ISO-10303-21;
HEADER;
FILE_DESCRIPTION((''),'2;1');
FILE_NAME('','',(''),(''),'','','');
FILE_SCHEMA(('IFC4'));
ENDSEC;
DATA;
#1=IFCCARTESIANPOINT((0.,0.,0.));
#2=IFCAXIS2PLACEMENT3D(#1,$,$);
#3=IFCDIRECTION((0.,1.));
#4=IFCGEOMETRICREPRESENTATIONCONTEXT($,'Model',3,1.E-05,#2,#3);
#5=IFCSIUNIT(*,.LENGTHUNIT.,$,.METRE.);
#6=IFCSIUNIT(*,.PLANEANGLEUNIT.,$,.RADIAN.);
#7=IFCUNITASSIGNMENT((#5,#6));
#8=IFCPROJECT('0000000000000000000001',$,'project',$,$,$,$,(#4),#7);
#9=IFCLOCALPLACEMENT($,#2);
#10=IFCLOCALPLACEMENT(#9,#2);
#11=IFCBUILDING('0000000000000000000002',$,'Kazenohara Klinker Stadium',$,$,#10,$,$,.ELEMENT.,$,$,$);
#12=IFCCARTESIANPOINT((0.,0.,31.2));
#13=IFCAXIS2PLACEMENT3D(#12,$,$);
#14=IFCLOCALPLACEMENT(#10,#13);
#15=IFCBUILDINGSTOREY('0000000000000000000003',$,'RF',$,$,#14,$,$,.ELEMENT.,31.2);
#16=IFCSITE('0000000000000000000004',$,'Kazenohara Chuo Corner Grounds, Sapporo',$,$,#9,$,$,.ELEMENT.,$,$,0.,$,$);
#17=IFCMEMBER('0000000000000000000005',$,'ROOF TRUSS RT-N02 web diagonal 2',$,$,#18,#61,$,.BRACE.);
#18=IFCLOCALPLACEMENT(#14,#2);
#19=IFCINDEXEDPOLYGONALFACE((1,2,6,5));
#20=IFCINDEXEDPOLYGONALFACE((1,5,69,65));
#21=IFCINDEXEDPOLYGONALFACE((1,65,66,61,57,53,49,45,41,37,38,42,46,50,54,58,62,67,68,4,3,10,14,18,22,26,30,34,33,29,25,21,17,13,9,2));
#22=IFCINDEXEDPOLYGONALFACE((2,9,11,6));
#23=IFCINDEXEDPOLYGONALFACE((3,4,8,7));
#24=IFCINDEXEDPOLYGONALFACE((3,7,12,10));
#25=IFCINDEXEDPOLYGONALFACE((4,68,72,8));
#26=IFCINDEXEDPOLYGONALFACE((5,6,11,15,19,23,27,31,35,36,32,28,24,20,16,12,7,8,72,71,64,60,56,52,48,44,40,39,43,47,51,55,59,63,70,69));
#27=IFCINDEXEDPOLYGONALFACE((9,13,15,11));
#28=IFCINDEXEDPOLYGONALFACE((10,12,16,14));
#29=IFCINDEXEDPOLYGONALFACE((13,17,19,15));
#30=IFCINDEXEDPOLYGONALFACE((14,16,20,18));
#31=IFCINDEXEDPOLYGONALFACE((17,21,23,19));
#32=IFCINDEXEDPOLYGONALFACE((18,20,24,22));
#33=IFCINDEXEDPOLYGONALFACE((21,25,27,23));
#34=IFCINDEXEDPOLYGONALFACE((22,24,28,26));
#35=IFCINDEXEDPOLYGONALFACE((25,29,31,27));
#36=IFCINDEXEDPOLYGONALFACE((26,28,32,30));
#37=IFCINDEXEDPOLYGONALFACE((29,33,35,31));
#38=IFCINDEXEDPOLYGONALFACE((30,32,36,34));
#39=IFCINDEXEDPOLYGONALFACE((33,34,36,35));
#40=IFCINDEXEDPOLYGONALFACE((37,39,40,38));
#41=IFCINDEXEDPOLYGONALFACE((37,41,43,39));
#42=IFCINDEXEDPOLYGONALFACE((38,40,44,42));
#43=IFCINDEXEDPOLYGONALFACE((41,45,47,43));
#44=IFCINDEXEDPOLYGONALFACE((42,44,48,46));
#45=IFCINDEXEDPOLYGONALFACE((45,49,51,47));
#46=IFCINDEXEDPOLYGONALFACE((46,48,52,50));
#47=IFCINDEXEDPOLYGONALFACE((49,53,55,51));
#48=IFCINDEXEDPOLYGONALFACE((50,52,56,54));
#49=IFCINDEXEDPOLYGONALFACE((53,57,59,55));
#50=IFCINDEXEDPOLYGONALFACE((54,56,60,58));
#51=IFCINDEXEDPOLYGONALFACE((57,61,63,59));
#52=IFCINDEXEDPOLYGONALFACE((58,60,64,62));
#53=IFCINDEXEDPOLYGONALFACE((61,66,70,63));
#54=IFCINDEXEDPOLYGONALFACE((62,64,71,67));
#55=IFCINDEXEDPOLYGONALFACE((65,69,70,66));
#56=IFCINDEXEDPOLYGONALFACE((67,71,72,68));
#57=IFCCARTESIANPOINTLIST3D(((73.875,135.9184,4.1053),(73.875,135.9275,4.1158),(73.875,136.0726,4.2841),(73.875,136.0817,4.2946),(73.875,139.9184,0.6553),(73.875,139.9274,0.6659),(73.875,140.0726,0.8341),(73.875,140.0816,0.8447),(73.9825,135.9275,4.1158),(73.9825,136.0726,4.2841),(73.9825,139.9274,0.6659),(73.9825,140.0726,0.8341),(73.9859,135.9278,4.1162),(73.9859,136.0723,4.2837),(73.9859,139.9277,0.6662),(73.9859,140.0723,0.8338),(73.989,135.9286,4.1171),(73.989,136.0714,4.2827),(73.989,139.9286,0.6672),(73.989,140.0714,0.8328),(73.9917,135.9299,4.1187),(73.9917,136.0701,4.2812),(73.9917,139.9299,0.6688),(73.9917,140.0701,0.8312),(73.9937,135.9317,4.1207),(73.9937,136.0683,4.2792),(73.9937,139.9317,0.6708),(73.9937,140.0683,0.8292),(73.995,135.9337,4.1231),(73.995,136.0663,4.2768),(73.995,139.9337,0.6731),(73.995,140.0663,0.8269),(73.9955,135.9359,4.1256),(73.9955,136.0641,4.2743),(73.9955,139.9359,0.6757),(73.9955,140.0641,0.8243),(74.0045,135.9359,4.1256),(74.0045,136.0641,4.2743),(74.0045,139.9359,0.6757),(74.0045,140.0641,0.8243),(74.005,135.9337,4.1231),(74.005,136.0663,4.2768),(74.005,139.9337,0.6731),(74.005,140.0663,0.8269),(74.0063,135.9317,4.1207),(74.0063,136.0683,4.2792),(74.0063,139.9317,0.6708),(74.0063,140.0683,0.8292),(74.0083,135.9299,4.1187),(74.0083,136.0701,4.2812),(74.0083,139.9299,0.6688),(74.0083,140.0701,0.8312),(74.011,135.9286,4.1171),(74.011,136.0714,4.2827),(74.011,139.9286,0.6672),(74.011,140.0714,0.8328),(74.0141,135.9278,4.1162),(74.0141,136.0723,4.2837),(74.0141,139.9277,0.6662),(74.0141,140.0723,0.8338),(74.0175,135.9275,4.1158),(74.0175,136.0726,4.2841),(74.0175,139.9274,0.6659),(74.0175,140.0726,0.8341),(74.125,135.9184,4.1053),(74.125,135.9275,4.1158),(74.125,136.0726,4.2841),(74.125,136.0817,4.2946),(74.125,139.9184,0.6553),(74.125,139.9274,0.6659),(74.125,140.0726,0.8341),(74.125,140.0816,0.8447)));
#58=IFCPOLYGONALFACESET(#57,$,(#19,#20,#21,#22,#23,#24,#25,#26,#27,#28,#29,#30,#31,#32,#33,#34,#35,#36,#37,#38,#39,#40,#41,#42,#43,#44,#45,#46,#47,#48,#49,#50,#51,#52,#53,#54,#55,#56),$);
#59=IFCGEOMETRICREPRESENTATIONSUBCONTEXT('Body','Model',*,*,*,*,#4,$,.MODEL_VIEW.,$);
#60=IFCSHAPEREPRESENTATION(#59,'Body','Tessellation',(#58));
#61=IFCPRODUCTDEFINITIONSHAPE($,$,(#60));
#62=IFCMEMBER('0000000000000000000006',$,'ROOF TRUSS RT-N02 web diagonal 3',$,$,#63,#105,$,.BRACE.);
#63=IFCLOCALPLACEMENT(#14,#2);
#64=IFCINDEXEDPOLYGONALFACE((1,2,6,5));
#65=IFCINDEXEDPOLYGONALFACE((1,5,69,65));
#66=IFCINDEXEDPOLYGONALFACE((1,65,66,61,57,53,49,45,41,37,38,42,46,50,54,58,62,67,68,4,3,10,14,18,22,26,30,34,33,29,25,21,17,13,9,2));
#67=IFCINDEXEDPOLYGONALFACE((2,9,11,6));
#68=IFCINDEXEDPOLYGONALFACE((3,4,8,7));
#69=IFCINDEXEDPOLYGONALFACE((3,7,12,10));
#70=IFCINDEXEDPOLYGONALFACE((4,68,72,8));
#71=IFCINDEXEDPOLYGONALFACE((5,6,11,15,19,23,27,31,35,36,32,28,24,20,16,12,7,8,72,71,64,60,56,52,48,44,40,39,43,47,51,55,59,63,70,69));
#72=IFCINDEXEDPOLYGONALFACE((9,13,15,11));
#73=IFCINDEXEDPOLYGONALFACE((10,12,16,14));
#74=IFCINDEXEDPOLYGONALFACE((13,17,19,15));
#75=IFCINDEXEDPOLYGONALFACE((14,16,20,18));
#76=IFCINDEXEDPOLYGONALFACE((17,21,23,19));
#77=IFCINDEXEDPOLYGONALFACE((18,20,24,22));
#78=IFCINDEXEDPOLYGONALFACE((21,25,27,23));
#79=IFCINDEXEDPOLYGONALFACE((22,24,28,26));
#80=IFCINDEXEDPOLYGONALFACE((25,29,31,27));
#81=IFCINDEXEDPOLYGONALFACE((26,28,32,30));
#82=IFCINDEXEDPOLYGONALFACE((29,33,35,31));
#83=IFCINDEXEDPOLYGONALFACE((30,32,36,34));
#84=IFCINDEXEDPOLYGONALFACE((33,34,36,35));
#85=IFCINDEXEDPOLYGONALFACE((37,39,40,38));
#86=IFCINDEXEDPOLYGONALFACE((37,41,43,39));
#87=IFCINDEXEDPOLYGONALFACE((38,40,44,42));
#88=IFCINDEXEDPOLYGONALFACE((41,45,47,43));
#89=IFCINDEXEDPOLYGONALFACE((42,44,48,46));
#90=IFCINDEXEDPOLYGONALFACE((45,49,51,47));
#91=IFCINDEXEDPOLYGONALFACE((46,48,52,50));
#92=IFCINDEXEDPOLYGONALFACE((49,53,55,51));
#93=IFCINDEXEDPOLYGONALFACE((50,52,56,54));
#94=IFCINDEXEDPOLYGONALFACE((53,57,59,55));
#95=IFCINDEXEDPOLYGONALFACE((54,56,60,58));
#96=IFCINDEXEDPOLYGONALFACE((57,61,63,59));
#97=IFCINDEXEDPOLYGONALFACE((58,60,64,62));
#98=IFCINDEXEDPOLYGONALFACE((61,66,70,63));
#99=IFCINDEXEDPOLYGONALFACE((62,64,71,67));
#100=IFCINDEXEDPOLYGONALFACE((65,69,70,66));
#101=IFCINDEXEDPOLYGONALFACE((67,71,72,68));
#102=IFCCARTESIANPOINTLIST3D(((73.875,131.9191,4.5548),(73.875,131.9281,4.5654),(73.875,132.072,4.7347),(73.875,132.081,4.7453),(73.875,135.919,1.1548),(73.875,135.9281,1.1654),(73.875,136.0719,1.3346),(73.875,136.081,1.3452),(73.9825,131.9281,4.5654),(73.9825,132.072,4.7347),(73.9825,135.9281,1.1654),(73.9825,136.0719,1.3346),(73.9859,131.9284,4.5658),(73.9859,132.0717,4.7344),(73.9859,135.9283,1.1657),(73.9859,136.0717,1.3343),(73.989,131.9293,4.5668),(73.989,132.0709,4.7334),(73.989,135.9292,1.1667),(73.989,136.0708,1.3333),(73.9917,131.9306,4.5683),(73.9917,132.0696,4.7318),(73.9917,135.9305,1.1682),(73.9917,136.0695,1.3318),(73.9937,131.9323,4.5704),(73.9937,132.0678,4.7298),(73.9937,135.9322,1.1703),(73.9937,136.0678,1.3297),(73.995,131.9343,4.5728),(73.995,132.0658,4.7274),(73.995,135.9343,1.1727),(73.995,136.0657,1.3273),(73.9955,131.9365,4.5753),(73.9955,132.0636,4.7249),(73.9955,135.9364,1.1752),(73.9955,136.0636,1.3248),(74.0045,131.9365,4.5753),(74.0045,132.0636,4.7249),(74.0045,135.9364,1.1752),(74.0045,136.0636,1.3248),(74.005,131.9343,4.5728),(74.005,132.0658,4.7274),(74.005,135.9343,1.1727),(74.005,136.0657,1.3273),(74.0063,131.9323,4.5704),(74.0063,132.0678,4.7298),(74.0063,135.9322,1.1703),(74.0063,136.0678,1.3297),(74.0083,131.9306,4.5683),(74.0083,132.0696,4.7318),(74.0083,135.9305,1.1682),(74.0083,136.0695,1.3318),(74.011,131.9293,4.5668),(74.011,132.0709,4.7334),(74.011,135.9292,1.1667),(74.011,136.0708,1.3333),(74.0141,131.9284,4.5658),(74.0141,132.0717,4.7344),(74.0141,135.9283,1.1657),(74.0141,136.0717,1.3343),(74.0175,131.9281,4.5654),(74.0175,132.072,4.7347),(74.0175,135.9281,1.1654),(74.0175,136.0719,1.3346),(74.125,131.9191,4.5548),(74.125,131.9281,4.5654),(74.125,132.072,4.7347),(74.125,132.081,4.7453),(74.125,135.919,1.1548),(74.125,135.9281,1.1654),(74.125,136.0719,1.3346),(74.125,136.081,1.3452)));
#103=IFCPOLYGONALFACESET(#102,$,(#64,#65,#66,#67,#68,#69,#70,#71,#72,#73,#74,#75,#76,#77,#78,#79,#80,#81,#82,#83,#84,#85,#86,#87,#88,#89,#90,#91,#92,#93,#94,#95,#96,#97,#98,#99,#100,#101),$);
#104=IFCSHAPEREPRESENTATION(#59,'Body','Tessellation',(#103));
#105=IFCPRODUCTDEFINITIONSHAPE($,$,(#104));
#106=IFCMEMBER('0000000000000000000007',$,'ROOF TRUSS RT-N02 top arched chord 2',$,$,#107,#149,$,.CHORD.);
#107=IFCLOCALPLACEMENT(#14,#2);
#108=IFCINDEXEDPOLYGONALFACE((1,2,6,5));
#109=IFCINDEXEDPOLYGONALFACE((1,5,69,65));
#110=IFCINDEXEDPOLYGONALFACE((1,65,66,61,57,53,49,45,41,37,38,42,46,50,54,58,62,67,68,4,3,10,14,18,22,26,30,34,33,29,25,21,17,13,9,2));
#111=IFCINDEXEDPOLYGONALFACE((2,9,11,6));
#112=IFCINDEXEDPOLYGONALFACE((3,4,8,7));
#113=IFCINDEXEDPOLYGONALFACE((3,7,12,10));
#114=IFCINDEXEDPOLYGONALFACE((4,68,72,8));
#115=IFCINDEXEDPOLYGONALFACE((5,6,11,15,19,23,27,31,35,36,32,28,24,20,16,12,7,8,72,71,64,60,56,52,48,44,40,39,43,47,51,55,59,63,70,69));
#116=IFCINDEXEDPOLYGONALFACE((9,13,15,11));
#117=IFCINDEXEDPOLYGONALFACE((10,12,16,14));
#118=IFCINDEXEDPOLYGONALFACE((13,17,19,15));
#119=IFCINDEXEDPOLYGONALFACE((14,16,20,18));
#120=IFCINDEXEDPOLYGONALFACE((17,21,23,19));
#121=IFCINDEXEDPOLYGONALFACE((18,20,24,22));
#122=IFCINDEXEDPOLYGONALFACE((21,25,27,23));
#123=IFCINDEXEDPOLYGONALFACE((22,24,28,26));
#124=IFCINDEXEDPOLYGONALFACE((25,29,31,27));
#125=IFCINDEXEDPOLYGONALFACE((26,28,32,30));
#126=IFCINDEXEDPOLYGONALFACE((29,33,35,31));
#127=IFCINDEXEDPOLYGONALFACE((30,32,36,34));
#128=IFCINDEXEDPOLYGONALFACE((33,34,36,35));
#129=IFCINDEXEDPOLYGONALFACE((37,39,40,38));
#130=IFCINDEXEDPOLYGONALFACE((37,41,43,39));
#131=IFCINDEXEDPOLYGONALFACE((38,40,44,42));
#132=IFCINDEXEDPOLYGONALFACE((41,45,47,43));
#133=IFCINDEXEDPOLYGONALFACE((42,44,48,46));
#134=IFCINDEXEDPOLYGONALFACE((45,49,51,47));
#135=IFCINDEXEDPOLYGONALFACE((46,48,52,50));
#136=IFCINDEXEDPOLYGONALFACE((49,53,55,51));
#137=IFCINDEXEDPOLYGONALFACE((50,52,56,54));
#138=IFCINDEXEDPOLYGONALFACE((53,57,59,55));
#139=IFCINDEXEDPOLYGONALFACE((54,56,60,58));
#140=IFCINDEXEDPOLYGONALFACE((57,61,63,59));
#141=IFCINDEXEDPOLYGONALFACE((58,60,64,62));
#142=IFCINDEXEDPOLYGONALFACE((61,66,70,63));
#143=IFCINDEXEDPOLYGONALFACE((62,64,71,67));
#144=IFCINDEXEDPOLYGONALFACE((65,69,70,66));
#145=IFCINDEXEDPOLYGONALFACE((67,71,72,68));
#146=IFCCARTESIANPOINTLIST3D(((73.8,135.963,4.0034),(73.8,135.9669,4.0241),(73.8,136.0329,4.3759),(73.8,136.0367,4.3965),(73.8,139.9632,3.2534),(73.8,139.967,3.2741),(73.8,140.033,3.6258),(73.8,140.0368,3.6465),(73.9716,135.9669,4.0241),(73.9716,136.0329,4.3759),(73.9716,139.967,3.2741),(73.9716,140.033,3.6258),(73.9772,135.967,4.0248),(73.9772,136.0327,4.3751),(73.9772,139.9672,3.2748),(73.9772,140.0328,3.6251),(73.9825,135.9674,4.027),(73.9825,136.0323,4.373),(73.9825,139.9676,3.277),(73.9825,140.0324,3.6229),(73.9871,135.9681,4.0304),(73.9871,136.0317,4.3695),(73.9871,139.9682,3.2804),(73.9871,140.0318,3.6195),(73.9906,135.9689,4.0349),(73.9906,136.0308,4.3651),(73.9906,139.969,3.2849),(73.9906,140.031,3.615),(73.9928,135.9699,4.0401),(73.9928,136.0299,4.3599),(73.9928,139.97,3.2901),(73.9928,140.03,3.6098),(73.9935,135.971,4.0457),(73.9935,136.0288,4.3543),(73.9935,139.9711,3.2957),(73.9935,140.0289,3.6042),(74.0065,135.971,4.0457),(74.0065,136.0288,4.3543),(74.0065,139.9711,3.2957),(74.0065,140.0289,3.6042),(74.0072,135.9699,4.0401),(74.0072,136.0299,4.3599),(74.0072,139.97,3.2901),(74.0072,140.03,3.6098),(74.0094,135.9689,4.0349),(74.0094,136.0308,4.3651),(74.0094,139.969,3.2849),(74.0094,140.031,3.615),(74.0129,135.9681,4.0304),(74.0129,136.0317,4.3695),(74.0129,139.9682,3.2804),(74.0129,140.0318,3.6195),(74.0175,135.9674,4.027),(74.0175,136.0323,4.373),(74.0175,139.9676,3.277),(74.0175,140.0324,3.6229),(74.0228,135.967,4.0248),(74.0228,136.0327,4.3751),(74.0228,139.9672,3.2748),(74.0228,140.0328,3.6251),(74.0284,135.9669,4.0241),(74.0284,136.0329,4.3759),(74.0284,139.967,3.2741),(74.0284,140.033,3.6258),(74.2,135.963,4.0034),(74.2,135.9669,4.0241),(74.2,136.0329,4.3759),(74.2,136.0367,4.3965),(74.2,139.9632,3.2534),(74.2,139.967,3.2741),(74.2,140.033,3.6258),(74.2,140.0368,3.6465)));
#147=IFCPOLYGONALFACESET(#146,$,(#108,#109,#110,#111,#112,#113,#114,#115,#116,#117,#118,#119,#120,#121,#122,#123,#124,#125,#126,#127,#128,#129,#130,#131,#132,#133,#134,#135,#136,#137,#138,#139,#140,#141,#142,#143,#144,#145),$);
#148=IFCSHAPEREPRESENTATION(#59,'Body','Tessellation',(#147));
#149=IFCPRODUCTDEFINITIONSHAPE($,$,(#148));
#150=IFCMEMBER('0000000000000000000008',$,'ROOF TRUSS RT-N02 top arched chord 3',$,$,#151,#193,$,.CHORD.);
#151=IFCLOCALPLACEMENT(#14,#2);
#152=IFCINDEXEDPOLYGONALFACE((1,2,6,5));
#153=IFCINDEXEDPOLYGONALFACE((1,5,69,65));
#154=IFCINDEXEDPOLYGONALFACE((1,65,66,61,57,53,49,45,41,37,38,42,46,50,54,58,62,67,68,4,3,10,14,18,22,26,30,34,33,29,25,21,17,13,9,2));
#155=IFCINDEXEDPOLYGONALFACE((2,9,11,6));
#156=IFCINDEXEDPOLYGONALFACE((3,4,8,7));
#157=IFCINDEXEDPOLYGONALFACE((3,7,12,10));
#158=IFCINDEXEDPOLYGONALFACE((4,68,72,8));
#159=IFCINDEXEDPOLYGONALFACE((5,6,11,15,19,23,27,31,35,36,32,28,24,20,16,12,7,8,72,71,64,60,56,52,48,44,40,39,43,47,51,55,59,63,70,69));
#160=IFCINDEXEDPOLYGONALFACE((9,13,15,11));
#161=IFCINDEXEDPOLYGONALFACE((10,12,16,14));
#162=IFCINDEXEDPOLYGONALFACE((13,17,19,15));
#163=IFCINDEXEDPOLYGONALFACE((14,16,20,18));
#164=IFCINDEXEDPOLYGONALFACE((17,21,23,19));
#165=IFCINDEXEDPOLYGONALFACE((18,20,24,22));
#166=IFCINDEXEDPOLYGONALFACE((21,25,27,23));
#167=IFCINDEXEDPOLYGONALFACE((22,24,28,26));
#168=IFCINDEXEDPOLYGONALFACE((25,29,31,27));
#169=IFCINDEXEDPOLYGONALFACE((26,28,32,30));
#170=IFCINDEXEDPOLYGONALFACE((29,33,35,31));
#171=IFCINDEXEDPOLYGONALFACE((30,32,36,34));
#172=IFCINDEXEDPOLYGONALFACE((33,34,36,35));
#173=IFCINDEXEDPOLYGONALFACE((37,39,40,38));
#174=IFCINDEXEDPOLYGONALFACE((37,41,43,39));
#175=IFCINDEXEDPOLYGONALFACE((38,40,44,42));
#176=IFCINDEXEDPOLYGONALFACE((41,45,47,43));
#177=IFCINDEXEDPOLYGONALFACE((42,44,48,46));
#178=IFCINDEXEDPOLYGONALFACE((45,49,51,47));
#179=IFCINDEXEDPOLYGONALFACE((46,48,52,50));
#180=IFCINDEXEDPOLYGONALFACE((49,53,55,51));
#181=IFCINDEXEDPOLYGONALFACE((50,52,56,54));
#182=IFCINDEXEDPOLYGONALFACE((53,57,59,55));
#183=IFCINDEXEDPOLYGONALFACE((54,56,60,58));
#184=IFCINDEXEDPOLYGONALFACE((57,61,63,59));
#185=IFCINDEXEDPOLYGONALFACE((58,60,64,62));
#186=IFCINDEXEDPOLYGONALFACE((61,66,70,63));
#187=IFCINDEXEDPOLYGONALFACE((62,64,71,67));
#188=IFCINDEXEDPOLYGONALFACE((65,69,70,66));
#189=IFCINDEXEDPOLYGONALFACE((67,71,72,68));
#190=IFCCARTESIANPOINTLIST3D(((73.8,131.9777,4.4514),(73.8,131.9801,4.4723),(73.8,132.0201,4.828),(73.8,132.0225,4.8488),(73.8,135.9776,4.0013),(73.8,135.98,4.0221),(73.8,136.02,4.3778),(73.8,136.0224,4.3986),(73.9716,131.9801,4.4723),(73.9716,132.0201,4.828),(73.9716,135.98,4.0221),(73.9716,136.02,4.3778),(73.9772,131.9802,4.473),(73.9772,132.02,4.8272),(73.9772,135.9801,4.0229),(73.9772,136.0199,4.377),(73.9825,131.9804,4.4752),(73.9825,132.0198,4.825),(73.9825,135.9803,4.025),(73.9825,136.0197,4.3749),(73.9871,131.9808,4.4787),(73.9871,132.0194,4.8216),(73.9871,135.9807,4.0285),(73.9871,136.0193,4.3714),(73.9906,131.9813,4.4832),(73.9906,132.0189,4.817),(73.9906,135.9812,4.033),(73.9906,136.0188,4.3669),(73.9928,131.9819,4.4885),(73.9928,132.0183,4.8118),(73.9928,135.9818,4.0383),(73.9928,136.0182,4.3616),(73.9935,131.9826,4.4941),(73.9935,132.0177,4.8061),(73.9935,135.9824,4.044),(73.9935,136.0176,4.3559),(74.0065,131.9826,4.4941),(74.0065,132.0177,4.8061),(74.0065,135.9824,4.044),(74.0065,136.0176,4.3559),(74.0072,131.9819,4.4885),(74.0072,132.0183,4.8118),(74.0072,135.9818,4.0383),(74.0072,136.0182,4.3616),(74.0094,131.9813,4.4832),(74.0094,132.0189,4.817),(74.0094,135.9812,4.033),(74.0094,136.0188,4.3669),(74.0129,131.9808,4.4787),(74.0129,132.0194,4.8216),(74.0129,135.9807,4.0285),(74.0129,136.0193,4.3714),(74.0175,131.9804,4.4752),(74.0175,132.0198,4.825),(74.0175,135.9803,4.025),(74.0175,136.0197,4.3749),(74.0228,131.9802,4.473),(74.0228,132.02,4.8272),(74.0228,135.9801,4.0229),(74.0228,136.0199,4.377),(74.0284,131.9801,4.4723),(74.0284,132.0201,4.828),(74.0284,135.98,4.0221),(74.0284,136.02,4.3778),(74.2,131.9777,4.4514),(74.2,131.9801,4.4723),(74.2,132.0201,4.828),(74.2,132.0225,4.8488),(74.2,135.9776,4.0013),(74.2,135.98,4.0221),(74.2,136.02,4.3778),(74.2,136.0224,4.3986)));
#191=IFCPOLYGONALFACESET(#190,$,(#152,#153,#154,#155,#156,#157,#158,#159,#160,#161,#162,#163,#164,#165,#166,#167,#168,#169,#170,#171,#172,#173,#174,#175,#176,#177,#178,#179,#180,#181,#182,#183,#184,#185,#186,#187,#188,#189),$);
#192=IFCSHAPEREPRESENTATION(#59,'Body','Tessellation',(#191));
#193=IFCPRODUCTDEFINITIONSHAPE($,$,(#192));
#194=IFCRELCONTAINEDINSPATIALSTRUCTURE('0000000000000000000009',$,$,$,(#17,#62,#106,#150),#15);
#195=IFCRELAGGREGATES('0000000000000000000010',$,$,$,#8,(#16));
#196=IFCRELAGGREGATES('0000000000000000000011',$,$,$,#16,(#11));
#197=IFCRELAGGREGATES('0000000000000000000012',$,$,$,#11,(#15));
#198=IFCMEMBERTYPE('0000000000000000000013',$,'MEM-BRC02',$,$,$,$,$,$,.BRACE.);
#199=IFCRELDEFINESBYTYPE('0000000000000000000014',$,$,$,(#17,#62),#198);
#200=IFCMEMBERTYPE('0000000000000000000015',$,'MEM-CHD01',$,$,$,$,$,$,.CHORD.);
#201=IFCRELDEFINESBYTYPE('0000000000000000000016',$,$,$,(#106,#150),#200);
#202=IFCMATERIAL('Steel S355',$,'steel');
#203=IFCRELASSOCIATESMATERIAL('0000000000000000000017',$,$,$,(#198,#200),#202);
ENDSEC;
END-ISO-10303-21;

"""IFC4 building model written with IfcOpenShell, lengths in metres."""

from ifc_helpers import new_model, si_unit, direction, frame, origin, origin_2d, place, context, subcontext, project, spatial, i_section, extrude, material, material_profile, profile_set, type_object, element, save


model = new_model("IFC4")

# Units and contexts
model_context = context("Model", 3, precision=1e-05, world=origin(), true_north=direction((0.0, 1.0)))
body_context = subcontext(model_context, "Body", "Model", "MODEL_VIEW")
ifc_project = project(units=[si_unit("LENGTHUNIT", "METRE"), si_unit("PLANEANGLEUNIT", "RADIAN")], contexts=[model_context])

# Site, building, storey
site_placement = place(None, origin())
site = spatial("IfcSite", under=ifc_project, at=site_placement, Name="Kazenohara Chuo Corner Grounds, Sapporo", CompositionType="ELEMENT", RefElevation=0.0)
building_placement = place(site_placement, origin())
building = spatial("IfcBuilding", under=site, at=building_placement, Name="Kazenohara Klinker Stadium", CompositionType="ELEMENT")
storey_placement = place(building_placement, frame((0.0, 0.0, 31.2)))
storey = spatial("IfcBuildingStorey", under=building, at=storey_placement, Name="RF", CompositionType="ELEMENT", Elevation=31.2)

# Members
ifc_material_1 = material(Name="Steel S355", Category="steel")
ifc_material_profile_1 = material_profile(ifc_material_1, i_section(OverallWidth=0.25, OverallDepth=0.25, WebThickness=0.009, FlangeThickness=0.0139, FilletRadius=0.0129, at=origin_2d()), Name="H-250x250x9x14")
ifc_profile_set_1 = profile_set([ifc_material_profile_1], Name="Steel S355")
member_type_1 = type_object("IfcMemberType", Name="MEM-BRC02", PredefinedType="BRACE", material=ifc_profile_set_1)
member_1_placement = place(storey_placement, frame((74.0, 140.0, 0.75), z_axis=(0.0, -0.757253, 0.653122), x_axis=(1.0, 0.0, 0.0)))
element("IfcMember", 1, at=member_1_placement, inside=storey, type_object=member_type_1, Name="ROOF TRUSS RT-N02 web diagonal 2", PredefinedType="BRACE", context=body_context, shape_type="SweptSolid", body=[
    extrude(i_section(OverallWidth=0.25, OverallDepth=0.25, WebThickness=0.009, FlangeThickness=0.0139, FilletRadius=0.0129, at=origin_2d()), origin(), (0.0, 0.0, 1.0), 5.2822),
])
member_2_placement = place(storey_placement, frame((74.0, 136.0, 1.25), z_axis=(0.0, -0.761926, 0.647665), x_axis=(1.0, 0.0, 0.0)))
element("IfcMember", 2, at=member_2_placement, inside=storey, type_object=member_type_1, Name="ROOF TRUSS RT-N02 web diagonal 3", PredefinedType="BRACE", context=body_context, shape_type="SweptSolid", body=[
    extrude(i_section(OverallWidth=0.25, OverallDepth=0.25, WebThickness=0.009, FlangeThickness=0.0139, FilletRadius=0.0129, at=origin_2d()), origin(), (0.0, 0.0, 1.0), 5.2498),
])
ifc_material_profile_2 = material_profile(ifc_material_1, i_section(OverallWidth=0.3999, OverallDepth=0.3999, WebThickness=0.0129, FlangeThickness=0.021, FilletRadius=0.022, at=origin_2d()), Name="H-400x400x13x21")
ifc_profile_set_2 = profile_set([ifc_material_profile_2], Name="Steel S355")
member_type_2 = type_object("IfcMemberType", Name="MEM-CHD01", PredefinedType="CHORD", material=ifc_profile_set_2)
member_3_placement = place(storey_placement, frame((74.0, 140.0, 3.45), z_axis=(0.0, -0.982872, 0.184289), x_axis=(1.0, 0.0, 0.0)))
element("IfcMember", 3, at=member_3_placement, inside=storey, type_object=member_type_2, Name="ROOF TRUSS RT-N02 top arched chord 2", PredefinedType="CHORD", context=body_context, shape_type="SweptSolid", body=[
    extrude(i_section(OverallWidth=0.3999, OverallDepth=0.3999, WebThickness=0.0129, FlangeThickness=0.021, FilletRadius=0.022, at=origin_2d()), origin(), (0.0, 0.0, 1.0), 4.0698),
])
member_4_placement = place(storey_placement, frame((74.0, 136.0, 4.2), z_axis=(0.0, -0.993726, 0.111843), x_axis=(1.0, 0.0, 0.0)))
element("IfcMember", 4, at=member_4_placement, inside=storey, type_object=member_type_2, Name="ROOF TRUSS RT-N02 top arched chord 3", PredefinedType="CHORD", context=body_context, shape_type="SweptSolid", body=[
    extrude(i_section(OverallWidth=0.3999, OverallDepth=0.3999, WebThickness=0.0129, FlangeThickness=0.021, FilletRadius=0.022, at=origin_2d()), origin(), (0.0, 0.0, 1.0), 4.0251),
])

save(model, "model.ifc")
